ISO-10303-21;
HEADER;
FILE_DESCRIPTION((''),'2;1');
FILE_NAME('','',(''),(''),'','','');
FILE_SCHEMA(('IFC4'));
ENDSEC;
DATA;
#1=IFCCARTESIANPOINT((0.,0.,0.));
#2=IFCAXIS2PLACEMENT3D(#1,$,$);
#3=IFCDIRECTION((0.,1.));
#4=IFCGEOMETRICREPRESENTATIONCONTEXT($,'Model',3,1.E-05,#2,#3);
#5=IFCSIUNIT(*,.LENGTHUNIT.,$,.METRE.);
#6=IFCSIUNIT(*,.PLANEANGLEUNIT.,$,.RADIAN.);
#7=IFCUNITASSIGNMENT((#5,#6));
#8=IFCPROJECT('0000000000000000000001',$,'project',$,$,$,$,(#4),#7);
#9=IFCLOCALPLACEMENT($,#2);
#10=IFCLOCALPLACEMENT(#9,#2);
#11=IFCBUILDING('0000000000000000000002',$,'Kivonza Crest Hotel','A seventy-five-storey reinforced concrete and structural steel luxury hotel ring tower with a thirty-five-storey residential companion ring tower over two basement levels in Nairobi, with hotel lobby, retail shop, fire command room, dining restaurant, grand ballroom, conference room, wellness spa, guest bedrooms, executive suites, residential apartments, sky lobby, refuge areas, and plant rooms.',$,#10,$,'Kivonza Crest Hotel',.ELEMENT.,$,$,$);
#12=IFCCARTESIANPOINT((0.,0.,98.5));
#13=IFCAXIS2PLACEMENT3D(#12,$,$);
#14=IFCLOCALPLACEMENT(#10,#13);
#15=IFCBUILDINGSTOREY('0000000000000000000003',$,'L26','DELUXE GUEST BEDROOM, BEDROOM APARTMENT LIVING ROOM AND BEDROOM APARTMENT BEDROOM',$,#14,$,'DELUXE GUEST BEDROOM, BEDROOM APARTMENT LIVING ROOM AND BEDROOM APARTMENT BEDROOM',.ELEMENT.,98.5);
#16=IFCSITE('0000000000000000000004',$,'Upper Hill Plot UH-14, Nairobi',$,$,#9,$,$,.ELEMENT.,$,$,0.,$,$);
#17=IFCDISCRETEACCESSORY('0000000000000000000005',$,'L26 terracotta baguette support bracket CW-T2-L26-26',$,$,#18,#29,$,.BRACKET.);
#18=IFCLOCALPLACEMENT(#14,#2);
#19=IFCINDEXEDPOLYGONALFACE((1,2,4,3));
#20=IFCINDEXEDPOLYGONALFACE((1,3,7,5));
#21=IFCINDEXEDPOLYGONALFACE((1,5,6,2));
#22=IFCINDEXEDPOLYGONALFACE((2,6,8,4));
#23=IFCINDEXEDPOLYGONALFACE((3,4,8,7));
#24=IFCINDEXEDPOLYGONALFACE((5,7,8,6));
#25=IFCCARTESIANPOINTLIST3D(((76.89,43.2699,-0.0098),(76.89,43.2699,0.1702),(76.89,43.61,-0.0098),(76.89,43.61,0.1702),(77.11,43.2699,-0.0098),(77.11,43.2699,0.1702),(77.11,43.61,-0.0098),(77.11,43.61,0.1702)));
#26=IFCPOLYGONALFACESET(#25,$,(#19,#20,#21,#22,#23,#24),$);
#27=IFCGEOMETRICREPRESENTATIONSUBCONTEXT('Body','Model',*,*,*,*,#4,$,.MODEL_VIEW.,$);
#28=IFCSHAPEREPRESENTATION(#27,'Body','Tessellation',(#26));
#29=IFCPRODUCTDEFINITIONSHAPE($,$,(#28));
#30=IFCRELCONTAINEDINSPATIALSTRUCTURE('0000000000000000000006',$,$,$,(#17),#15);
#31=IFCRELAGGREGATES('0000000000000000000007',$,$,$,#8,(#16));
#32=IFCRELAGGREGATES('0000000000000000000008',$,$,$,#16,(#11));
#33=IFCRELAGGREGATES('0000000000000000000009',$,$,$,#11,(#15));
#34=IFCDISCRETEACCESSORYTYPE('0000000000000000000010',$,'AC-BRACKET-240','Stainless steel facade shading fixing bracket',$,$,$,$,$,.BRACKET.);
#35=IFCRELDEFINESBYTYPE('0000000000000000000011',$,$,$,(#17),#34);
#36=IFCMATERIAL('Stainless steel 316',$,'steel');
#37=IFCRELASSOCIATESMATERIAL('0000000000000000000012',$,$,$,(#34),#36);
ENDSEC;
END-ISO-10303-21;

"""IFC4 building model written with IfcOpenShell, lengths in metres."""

from ifc_helpers import new_model, si_unit, direction, frame, origin, origin_2d, place, context, subcontext, project, spatial, rectangle, extrude, material, type_object, element, save


model = new_model("IFC4")

# Units and contexts
model_context = context("Model", 3, precision=1e-05, world=origin(), true_north=direction((0.0, 1.0)))
body_context = subcontext(model_context, "Body", "Model", "MODEL_VIEW")
ifc_project = project(units=[si_unit("LENGTHUNIT", "METRE"), si_unit("PLANEANGLEUNIT", "RADIAN")], contexts=[model_context])

# Site, building, storey
site_placement = place(None, origin())
site = spatial("IfcSite", under=ifc_project, at=site_placement, Name="Upper Hill Plot UH-14, Nairobi", CompositionType="ELEMENT", RefElevation=0.0)
building_placement = place(site_placement, origin())
building = spatial("IfcBuilding", under=site, at=building_placement, Name="Kivonza Crest Hotel", Description="A seventy-five-storey reinforced concrete and structural steel luxury hotel ring tower with a thirty-five-storey residential companion ring tower over two basement levels in Nairobi, with hotel lobby, retail shop, fire command room, dining restaurant, grand ballroom, conference room, wellness spa, guest bedrooms, executive suites, residential apartments, sky lobby, refuge areas, and plant rooms.", LongName="Kivonza Crest Hotel", CompositionType="ELEMENT")
storey_placement = place(building_placement, frame((0.0, 0.0, 98.5)))
storey = spatial("IfcBuildingStorey", under=building, at=storey_placement, Name="L26", Description="DELUXE GUEST BEDROOM, BEDROOM APARTMENT LIVING ROOM AND BEDROOM APARTMENT BEDROOM", LongName="DELUXE GUEST BEDROOM, BEDROOM APARTMENT LIVING ROOM AND BEDROOM APARTMENT BEDROOM", CompositionType="ELEMENT", Elevation=98.5)

# Discrete accessory
ifc_material_1 = material(Name="Stainless steel 316", Category="steel")
discrete_accessory_type = type_object("IfcDiscreteAccessoryType", Name="AC-BRACKET-240", Description="Stainless steel facade shading fixing bracket", PredefinedType="BRACKET", material=ifc_material_1)
discrete_accessory_placement = place(storey_placement, frame((77.0, 43.4399, -0.0098), z_axis=(0.0, 0.0, 1.0), x_axis=(-1.0, 0.0, 0.0)))
element("IfcDiscreteAccessory", 1, at=discrete_accessory_placement, inside=storey, type_object=discrete_accessory_type, Name="L26 terracotta baguette support bracket CW-T2-L26-26", PredefinedType="BRACKET", context=body_context, shape_type="SweptSolid", body=[
    extrude(rectangle(XDim=0.22, YDim=0.3401, at=origin_2d()), origin(), (0.0, 0.0, 1.0), 0.1799),
])

save(model, "model.ifc")
